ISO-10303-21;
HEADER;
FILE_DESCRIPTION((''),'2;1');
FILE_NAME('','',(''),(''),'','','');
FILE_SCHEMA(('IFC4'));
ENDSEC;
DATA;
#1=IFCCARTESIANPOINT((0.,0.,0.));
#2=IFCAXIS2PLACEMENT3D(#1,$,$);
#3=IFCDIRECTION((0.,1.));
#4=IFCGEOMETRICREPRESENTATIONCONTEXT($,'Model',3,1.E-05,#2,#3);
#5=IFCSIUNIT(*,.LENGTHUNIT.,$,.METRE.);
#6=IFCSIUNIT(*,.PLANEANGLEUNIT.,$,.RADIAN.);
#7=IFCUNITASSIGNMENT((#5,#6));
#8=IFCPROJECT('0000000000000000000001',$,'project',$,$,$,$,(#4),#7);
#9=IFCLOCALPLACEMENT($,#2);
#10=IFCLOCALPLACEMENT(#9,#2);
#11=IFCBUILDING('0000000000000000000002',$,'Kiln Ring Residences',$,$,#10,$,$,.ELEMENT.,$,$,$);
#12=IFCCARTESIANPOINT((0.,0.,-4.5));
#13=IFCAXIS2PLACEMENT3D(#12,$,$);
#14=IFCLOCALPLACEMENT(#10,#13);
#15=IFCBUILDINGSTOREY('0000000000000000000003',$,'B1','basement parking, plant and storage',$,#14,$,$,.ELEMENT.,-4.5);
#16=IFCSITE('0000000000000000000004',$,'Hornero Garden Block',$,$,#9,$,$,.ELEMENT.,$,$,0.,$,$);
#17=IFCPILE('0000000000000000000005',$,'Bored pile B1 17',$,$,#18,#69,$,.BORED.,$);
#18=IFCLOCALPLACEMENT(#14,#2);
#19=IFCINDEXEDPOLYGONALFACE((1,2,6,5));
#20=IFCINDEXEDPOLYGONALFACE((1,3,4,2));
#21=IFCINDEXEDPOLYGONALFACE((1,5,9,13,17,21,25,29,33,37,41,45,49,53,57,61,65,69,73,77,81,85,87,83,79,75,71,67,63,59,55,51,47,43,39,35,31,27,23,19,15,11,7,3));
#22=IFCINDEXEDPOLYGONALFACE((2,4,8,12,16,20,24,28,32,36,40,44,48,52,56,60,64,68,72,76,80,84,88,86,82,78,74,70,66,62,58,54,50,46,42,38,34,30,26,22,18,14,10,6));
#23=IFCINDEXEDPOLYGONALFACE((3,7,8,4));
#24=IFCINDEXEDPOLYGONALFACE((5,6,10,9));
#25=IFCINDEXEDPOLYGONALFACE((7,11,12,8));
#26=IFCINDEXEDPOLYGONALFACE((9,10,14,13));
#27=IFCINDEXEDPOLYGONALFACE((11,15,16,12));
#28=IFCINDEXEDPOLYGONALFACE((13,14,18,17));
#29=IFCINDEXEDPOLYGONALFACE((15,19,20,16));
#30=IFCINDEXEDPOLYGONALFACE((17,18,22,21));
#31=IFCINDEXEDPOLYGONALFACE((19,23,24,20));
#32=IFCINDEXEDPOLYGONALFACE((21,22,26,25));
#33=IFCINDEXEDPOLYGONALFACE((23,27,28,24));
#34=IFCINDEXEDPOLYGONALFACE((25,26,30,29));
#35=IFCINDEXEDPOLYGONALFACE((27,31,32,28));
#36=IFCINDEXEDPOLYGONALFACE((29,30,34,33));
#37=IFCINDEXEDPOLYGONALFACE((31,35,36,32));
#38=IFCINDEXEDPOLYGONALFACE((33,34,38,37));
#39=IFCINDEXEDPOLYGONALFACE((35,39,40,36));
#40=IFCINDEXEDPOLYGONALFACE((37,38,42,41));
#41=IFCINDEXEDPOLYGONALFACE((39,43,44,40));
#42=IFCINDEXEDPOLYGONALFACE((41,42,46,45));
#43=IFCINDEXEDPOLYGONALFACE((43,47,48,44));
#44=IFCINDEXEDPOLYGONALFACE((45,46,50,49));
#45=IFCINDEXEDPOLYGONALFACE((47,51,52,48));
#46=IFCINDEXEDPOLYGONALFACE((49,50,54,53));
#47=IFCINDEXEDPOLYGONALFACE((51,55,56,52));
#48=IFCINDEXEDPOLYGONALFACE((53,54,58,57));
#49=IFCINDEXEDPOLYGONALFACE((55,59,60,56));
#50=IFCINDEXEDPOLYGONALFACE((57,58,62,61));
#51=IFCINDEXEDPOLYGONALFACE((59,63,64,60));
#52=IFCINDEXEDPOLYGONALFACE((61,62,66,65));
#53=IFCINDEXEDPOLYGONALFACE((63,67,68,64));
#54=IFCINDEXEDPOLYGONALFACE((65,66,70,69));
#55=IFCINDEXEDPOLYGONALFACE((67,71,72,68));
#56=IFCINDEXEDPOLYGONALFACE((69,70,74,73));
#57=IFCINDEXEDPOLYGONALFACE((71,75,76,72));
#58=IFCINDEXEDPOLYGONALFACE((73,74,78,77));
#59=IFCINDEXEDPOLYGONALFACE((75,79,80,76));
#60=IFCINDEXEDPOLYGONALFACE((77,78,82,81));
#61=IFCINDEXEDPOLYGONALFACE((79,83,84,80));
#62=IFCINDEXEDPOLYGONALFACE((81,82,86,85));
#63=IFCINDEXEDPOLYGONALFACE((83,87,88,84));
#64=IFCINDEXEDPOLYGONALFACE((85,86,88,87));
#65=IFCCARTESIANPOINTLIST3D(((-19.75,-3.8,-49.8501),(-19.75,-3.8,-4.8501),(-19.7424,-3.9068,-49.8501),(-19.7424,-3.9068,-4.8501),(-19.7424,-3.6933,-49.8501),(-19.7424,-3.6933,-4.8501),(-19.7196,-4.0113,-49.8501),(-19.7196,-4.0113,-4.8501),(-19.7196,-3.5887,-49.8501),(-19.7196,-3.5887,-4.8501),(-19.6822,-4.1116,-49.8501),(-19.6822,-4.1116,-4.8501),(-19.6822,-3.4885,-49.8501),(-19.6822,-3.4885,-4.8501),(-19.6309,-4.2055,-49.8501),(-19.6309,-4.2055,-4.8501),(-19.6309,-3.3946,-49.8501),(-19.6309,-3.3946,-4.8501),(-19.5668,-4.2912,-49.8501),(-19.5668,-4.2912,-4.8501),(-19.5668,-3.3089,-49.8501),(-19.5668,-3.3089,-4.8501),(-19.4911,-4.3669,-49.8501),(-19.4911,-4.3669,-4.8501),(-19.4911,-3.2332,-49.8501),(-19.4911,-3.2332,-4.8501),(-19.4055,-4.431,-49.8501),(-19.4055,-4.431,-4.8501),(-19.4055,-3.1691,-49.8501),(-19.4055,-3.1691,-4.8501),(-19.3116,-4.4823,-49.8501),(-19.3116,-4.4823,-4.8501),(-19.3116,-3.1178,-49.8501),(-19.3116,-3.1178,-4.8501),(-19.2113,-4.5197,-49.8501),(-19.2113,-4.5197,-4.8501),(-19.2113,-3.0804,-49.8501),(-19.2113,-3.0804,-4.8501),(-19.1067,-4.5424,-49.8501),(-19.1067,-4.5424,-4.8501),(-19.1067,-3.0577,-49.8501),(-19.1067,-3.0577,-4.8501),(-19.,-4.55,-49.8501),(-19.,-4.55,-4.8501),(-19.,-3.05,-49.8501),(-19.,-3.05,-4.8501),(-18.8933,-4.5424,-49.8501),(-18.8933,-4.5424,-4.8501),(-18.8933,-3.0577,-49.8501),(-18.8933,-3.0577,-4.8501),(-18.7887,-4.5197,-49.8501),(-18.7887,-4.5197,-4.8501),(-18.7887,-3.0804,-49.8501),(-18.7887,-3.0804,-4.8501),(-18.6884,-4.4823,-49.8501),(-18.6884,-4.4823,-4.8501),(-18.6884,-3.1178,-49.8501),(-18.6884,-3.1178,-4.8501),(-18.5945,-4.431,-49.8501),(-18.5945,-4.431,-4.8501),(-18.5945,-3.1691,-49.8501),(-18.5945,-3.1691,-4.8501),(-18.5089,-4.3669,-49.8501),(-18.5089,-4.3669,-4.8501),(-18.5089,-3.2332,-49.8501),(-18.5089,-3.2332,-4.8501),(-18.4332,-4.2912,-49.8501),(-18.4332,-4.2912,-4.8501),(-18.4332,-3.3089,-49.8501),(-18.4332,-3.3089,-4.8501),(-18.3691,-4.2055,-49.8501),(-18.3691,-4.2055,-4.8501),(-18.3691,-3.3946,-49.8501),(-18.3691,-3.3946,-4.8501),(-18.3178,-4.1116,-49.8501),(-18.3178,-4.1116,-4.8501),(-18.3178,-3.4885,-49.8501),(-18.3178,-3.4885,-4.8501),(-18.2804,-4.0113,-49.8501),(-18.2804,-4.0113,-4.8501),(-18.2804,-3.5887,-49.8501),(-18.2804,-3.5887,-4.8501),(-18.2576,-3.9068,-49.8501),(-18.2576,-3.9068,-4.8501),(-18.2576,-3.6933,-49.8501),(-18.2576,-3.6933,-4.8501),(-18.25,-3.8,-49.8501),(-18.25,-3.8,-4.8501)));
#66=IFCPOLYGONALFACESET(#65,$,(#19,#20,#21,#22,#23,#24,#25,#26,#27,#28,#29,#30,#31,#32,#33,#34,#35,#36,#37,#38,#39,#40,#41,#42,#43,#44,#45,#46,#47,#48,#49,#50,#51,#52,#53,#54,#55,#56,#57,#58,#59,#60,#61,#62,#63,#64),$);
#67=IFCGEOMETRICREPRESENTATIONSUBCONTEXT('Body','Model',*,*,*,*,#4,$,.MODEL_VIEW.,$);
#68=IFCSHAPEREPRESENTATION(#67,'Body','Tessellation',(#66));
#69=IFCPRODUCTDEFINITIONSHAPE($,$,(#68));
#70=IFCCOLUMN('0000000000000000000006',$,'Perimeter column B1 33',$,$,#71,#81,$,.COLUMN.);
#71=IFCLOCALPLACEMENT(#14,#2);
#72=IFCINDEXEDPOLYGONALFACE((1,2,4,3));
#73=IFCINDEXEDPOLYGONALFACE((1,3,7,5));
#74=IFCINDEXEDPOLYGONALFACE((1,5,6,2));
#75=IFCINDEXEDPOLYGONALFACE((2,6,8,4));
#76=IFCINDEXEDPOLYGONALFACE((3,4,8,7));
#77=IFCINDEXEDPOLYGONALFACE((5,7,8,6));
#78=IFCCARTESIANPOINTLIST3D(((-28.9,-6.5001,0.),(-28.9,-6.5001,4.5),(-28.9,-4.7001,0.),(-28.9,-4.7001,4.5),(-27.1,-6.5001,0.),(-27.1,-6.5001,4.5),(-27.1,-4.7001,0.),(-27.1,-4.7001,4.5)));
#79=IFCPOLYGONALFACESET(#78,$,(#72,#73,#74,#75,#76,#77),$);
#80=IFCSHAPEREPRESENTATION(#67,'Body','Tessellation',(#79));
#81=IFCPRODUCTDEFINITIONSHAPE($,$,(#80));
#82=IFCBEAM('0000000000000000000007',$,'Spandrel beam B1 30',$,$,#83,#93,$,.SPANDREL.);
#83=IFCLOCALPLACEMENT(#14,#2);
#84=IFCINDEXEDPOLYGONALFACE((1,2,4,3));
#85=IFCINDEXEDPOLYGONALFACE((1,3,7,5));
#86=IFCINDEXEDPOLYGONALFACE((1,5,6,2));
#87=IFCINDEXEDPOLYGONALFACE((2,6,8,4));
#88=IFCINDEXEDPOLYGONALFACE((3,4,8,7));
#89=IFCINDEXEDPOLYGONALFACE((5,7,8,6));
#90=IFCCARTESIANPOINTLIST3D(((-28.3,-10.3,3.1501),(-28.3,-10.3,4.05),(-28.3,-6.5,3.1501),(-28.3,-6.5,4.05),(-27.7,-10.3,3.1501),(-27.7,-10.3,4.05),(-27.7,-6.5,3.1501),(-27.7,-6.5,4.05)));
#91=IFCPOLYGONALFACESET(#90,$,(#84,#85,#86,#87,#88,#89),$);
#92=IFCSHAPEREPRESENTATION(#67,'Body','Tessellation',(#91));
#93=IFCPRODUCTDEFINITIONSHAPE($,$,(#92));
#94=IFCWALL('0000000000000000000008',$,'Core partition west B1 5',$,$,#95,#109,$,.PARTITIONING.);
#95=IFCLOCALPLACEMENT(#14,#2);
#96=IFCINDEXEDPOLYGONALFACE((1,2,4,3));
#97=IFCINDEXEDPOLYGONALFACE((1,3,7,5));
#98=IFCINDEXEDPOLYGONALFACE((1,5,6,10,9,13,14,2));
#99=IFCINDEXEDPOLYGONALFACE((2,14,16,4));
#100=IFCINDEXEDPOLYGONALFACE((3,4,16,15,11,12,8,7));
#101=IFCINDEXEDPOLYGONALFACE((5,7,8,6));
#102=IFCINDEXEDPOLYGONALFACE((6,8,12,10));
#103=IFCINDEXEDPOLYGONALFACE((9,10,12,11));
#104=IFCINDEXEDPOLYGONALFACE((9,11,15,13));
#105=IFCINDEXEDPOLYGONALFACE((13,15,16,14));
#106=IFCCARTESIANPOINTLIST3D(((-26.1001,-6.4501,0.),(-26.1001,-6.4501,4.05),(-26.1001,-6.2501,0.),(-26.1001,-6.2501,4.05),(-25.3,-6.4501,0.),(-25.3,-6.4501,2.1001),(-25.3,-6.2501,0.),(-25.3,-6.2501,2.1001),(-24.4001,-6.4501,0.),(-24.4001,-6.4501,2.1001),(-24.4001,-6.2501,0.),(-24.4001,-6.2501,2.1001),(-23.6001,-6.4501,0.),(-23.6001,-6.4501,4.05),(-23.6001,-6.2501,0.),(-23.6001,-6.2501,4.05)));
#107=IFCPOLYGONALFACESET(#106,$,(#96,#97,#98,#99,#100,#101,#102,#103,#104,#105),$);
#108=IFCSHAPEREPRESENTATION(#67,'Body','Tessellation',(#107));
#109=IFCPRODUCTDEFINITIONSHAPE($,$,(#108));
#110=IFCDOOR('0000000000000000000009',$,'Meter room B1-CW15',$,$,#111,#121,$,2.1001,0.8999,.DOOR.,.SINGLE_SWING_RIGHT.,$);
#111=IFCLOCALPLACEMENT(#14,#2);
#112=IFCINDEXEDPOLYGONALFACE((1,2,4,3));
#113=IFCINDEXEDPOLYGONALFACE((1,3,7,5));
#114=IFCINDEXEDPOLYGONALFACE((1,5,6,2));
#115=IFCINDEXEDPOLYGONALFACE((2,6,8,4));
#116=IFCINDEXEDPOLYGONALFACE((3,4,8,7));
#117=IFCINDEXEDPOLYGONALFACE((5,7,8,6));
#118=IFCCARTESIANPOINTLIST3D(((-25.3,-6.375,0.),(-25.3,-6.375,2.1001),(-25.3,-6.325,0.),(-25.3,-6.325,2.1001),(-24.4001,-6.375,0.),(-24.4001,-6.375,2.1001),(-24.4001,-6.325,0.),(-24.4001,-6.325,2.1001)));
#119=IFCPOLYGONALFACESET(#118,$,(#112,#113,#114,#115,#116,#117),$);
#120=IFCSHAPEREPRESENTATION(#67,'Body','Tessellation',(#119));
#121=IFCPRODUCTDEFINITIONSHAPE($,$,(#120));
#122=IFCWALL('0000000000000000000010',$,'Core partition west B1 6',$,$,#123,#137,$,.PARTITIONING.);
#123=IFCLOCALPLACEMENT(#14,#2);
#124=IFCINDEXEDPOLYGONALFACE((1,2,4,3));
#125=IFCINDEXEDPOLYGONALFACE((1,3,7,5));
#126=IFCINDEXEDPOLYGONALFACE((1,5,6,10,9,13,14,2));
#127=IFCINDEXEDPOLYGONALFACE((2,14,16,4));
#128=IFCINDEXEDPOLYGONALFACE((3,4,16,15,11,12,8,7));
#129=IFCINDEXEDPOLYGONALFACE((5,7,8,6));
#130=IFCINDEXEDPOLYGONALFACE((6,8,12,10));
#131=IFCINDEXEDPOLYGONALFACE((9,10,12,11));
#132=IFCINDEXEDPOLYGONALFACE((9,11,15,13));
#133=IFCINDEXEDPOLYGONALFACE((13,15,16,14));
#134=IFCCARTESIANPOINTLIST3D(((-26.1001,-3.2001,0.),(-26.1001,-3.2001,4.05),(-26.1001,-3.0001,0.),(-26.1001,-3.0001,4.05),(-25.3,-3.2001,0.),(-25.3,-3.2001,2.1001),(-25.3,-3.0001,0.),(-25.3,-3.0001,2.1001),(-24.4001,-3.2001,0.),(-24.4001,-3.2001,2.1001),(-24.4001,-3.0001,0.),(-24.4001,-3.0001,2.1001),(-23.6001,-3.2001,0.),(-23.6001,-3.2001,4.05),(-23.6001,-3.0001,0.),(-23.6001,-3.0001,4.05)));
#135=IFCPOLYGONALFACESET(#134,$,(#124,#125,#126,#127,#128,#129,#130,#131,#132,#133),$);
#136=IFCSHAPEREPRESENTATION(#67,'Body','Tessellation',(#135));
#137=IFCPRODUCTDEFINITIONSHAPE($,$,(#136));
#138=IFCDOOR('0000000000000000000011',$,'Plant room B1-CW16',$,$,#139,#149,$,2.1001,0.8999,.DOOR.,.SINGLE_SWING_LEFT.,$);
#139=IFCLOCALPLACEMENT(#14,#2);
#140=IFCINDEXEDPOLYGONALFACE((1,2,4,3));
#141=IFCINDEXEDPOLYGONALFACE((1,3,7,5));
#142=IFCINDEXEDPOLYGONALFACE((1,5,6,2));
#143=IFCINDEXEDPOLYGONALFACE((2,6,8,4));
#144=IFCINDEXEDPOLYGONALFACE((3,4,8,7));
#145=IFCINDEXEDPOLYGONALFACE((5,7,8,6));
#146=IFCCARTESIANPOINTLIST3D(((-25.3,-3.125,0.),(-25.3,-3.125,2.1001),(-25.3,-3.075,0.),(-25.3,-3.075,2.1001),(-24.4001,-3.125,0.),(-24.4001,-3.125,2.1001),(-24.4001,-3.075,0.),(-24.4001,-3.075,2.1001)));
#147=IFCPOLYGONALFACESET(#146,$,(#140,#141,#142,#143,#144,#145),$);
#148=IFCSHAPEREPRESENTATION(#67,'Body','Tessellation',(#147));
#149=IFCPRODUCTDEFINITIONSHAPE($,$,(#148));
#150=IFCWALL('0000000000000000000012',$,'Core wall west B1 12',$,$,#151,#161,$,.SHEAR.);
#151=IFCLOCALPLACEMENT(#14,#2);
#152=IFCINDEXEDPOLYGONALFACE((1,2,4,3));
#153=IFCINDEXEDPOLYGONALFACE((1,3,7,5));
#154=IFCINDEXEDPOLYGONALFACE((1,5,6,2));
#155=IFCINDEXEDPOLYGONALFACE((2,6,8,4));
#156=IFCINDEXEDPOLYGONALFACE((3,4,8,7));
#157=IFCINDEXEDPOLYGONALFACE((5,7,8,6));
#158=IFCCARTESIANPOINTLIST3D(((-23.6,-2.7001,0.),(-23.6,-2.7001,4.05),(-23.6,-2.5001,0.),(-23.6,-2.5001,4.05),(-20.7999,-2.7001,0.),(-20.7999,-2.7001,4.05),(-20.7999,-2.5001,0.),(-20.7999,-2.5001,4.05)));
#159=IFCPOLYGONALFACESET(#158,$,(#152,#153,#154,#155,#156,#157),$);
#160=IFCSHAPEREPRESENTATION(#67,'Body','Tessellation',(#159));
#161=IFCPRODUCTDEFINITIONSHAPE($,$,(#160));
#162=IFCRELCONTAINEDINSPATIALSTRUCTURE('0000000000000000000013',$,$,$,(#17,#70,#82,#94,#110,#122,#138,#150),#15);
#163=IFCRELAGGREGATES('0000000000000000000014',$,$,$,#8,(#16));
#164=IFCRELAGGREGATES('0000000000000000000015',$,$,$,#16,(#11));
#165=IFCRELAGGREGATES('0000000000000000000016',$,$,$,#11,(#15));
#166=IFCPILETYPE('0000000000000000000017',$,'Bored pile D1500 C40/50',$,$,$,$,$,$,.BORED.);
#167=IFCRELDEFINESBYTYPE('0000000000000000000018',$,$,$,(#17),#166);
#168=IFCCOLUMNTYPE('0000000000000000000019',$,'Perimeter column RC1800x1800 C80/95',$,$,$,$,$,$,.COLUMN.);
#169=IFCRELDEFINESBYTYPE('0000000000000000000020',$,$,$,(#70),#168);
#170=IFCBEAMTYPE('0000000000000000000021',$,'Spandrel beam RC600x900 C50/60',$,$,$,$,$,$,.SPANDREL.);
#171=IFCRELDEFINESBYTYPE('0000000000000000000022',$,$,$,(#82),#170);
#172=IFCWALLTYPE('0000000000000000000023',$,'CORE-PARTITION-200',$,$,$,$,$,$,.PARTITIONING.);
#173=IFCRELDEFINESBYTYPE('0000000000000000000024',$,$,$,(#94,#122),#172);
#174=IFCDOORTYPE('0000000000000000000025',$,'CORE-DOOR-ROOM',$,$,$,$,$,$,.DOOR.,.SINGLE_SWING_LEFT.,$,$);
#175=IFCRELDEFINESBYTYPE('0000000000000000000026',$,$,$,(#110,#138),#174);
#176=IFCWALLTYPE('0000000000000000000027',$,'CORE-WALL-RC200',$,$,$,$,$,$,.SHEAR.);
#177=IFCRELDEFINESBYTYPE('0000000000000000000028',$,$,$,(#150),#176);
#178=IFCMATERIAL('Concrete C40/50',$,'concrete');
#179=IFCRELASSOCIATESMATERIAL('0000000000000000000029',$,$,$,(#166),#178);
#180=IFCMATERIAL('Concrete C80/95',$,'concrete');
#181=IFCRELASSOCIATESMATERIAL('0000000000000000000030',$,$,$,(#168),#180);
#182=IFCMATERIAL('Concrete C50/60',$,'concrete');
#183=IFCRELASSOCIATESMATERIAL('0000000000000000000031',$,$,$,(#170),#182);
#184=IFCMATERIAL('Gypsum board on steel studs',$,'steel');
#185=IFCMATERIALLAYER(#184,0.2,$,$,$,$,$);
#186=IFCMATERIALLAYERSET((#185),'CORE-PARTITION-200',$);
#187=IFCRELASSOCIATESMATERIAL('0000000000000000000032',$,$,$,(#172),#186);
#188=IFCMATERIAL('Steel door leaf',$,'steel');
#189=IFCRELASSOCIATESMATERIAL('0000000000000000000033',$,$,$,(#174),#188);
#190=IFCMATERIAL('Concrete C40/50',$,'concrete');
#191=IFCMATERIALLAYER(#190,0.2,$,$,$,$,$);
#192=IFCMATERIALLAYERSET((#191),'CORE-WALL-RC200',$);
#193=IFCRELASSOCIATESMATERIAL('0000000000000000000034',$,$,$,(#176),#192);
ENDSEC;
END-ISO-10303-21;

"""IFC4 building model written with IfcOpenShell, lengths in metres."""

from ifc_helpers import new_model, si_unit, direction, frame, frame_2d, origin, origin_2d, place, context, subcontext, project, spatial, rectangle, circle, extrude, material, layer, layer_set, material_profile, profile_set, type_object, element, fill, save


model = new_model("IFC4")

# Units and contexts
model_context = context("Model", 3, precision=1e-05, world=origin(), true_north=direction((0.0, 1.0)))
body_context = subcontext(model_context, "Body", "Model", "MODEL_VIEW")
ifc_project = project(units=[si_unit("LENGTHUNIT", "METRE"), si_unit("PLANEANGLEUNIT", "RADIAN")], contexts=[model_context])

# Site, building, storey
site_placement = place(None, origin())
site = spatial("IfcSite", under=ifc_project, at=site_placement, Name="Hornero Garden Block", CompositionType="ELEMENT", RefElevation=0.0)
building_placement = place(site_placement, origin())
building = spatial("IfcBuilding", under=site, at=building_placement, Name="Kiln Ring Residences", CompositionType="ELEMENT")
storey_placement = place(building_placement, frame((0.0, 0.0, -4.5)))
storey = spatial("IfcBuildingStorey", under=building, at=storey_placement, Name="B1", Description="basement parking, plant and storage", CompositionType="ELEMENT", Elevation=-4.5)

# Pile
ifc_material_1 = material(Name="Concrete C40/50", Category="concrete")
ifc_material_profile_1 = material_profile(ifc_material_1, circle(Radius=0.75, at=origin_2d()), Name="BORED1500")
ifc_profile_set_1 = profile_set([ifc_material_profile_1], Name="Concrete C40/50")
pile_type = type_object("IfcPileType", Name="Bored pile D1500 C40/50", PredefinedType="BORED", material=ifc_profile_set_1)
for number, where, z_axis, x_axis, name in (
    (1, (-19.0, -3.8, -4.8501), (0.0, 0.0, -1.0), (1.0, 0.0, 0.0), "Bored pile B1 17"),
):
    element("IfcPile", number, at=place(storey_placement, frame(where, z_axis=z_axis, x_axis=x_axis)), inside=storey, type_object=pile_type, Name=name, PredefinedType="BORED", context=body_context, shape_type="SweptSolid", body=[
        extrude(circle(Radius=0.75, at=origin_2d()), origin(), (0.0, 0.0, 1.0), 45.0),
    ])

# Column
ifc_material_2 = material(Name="Concrete C80/95", Category="concrete")
ifc_material_profile_2 = material_profile(ifc_material_2, rectangle(XDim=1.8, YDim=1.8, at=origin_2d()), Name="RC1800x1800")
ifc_profile_set_2 = profile_set([ifc_material_profile_2], Name="Concrete C80/95")
column_type = type_object("IfcColumnType", Name="Perimeter column RC1800x1800 C80/95", PredefinedType="COLUMN", material=ifc_profile_set_2)
column_placement = place(storey_placement, frame((-28.0, -5.6001, 0.0), z_axis=(0.0, 0.0, 1.0), x_axis=(1.0, 0.0, 0.0)))
element("IfcColumn", 2, at=column_placement, inside=storey, type_object=column_type, Name="Perimeter column B1 33", PredefinedType="COLUMN", context=body_context, shape_type="SweptSolid", body=[
    extrude(rectangle(XDim=1.8, YDim=1.8, at=origin_2d()), origin(), (0.0, 0.0, 1.0), 4.5),
])

# Beam
ifc_material_3 = material(Name="Concrete C50/60", Category="concrete")
ifc_material_profile_3 = material_profile(ifc_material_3, rectangle(XDim=0.6001, YDim=0.8999, at=origin_2d()), Name="RC600x900")
ifc_profile_set_3 = profile_set([ifc_material_profile_3], Name="Concrete C50/60")
beam_type = type_object("IfcBeamType", Name="Spandrel beam RC600x900 C50/60", PredefinedType="SPANDREL", material=ifc_profile_set_3)
beam_placement = place(storey_placement, frame((-28.0, -6.5, 3.6001), z_axis=(0.0, -1.0, 0.0), x_axis=(1.0, 0.0, 0.0)))
element("IfcBeam", 3, at=beam_placement, inside=storey, type_object=beam_type, Name="Spandrel beam B1 30", PredefinedType="SPANDREL", context=body_context, shape_type="SweptSolid", body=[
    extrude(rectangle(XDim=0.6001, YDim=0.8999, at=origin_2d()), origin(), (0.0, 0.0, 1.0), 3.8),
])

# Walls, openings, doors
ifc_material_4 = material(Name="Gypsum board on steel studs", Category="steel")
ifc_layer_1 = layer(ifc_material_4, 0.2)
ifc_layer_set_1 = layer_set([ifc_layer_1], Name="CORE-PARTITION-200")
wall_type_1 = type_object("IfcWallType", Name="CORE-PARTITION-200", PredefinedType="PARTITIONING", material=ifc_layer_set_1)
wall_1_placement = place(storey_placement, frame((-23.6001, -6.3501, 0.0), z_axis=(0.0, 0.0, 1.0), x_axis=(-1.0, 0.0, 0.0)))
wall_1 = element("IfcWall", 4, at=wall_1_placement, inside=storey, type_object=wall_type_1, Name="Core partition west B1 5", PredefinedType="PARTITIONING", context=body_context, shape_type="SweptSolid", body=[
    extrude(rectangle(XDim=2.5, YDim=0.2, at=frame_2d((1.25, 0.0))), origin(), (0.0, 0.0, 1.0), 4.05),
])
opening_1_placement = place(wall_1_placement, frame((0.8, 0.0, 0.0)))
opening_1 = element("IfcOpeningElement", 5, at=opening_1_placement, cuts=wall_1, PredefinedType="OPENING", context=body_context, shape_type="SweptSolid", body=[
    extrude(rectangle(XDim=0.8999, YDim=2.1001, at=frame_2d((0.45, 1.05))), frame((0.0, 0.1099, 0.0), z_axis=(0.0, -1.0, 0.0), x_axis=(1.0, 0.0, 0.0)), (0.0, 0.0, 1.0), 0.22),
])
ifc_material_5 = material(Name="Steel door leaf", Category="steel")
door_type = type_object("IfcDoorType", Name="CORE-DOOR-ROOM", OperationType="SINGLE_SWING_LEFT", PredefinedType="DOOR", material=ifc_material_5)
door_1_placement = place(opening_1_placement, origin())
door_1 = element("IfcDoor", 6, at=door_1_placement, inside=storey, type_object=door_type, Name="Meter room B1-CW15", OperationType="SINGLE_SWING_RIGHT", OverallHeight=2.1001, OverallWidth=0.8999, PredefinedType="DOOR", context=body_context, shape_type="SweptSolid", body=[
    extrude(rectangle(XDim=0.8999, YDim=2.1001, at=frame_2d((0.45, 1.05))), frame((0.0, 0.0249, 0.0), z_axis=(0.0, -1.0, 0.0), x_axis=(1.0, 0.0, 0.0)), (0.0, 0.0, 1.0), 0.05),
])
fill(opening_1, door_1)
wall_2_placement = place(storey_placement, frame((-23.6001, -3.1001, 0.0), z_axis=(0.0, 0.0, 1.0), x_axis=(-1.0, 0.0, 0.0)))
wall_2 = element("IfcWall", 7, at=wall_2_placement, inside=storey, type_object=wall_type_1, Name="Core partition west B1 6", PredefinedType="PARTITIONING", context=body_context, shape_type="SweptSolid", body=[
    extrude(rectangle(XDim=2.5, YDim=0.2, at=frame_2d((1.25, 0.0))), origin(), (0.0, 0.0, 1.0), 4.05),
])
opening_2_placement = place(wall_2_placement, frame((0.8, 0.0, 0.0)))
opening_2 = element("IfcOpeningElement", 8, at=opening_2_placement, cuts=wall_2, PredefinedType="OPENING", context=body_context, shape_type="SweptSolid", body=[
    extrude(rectangle(XDim=0.8999, YDim=2.1001, at=frame_2d((0.45, 1.05))), frame((0.0, 0.1099, 0.0), z_axis=(0.0, -1.0, 0.0), x_axis=(1.0, 0.0, 0.0)), (0.0, 0.0, 1.0), 0.22),
])
door_2_placement = place(opening_2_placement, origin())
door_2 = element("IfcDoor", 9, at=door_2_placement, inside=storey, type_object=door_type, Name="Plant room B1-CW16", OperationType="SINGLE_SWING_LEFT", OverallHeight=2.1001, OverallWidth=0.8999, PredefinedType="DOOR", context=body_context, shape_type="SweptSolid", body=[
    extrude(rectangle(XDim=0.8999, YDim=2.1001, at=frame_2d((0.45, 1.05))), frame((0.0, 0.0249, 0.0), z_axis=(0.0, -1.0, 0.0), x_axis=(1.0, 0.0, 0.0)), (0.0, 0.0, 1.0), 0.05),
])
fill(opening_2, door_2)

# Wall
ifc_material_6 = material(Name="Concrete C40/50", Category="concrete")
ifc_layer_2 = layer(ifc_material_6, 0.2)
ifc_layer_set_2 = layer_set([ifc_layer_2], Name="CORE-WALL-RC200")
wall_type_2 = type_object("IfcWallType", Name="CORE-WALL-RC200", PredefinedType="SHEAR", material=ifc_layer_set_2)
wall_3_placement = place(storey_placement, frame((-20.8, -2.6001, 0.0), z_axis=(0.0, 0.0, 1.0), x_axis=(-1.0, 0.0, 0.0)))
element("IfcWall", 10, at=wall_3_placement, inside=storey, type_object=wall_type_2, Name="Core wall west B1 12", PredefinedType="SHEAR", context=body_context, shape_type="SweptSolid", body=[
    extrude(rectangle(XDim=2.8, YDim=0.2, at=frame_2d((1.3999, 0.0))), origin(), (0.0, 0.0, 1.0), 4.05),
])

save(model, "model.ifc")
